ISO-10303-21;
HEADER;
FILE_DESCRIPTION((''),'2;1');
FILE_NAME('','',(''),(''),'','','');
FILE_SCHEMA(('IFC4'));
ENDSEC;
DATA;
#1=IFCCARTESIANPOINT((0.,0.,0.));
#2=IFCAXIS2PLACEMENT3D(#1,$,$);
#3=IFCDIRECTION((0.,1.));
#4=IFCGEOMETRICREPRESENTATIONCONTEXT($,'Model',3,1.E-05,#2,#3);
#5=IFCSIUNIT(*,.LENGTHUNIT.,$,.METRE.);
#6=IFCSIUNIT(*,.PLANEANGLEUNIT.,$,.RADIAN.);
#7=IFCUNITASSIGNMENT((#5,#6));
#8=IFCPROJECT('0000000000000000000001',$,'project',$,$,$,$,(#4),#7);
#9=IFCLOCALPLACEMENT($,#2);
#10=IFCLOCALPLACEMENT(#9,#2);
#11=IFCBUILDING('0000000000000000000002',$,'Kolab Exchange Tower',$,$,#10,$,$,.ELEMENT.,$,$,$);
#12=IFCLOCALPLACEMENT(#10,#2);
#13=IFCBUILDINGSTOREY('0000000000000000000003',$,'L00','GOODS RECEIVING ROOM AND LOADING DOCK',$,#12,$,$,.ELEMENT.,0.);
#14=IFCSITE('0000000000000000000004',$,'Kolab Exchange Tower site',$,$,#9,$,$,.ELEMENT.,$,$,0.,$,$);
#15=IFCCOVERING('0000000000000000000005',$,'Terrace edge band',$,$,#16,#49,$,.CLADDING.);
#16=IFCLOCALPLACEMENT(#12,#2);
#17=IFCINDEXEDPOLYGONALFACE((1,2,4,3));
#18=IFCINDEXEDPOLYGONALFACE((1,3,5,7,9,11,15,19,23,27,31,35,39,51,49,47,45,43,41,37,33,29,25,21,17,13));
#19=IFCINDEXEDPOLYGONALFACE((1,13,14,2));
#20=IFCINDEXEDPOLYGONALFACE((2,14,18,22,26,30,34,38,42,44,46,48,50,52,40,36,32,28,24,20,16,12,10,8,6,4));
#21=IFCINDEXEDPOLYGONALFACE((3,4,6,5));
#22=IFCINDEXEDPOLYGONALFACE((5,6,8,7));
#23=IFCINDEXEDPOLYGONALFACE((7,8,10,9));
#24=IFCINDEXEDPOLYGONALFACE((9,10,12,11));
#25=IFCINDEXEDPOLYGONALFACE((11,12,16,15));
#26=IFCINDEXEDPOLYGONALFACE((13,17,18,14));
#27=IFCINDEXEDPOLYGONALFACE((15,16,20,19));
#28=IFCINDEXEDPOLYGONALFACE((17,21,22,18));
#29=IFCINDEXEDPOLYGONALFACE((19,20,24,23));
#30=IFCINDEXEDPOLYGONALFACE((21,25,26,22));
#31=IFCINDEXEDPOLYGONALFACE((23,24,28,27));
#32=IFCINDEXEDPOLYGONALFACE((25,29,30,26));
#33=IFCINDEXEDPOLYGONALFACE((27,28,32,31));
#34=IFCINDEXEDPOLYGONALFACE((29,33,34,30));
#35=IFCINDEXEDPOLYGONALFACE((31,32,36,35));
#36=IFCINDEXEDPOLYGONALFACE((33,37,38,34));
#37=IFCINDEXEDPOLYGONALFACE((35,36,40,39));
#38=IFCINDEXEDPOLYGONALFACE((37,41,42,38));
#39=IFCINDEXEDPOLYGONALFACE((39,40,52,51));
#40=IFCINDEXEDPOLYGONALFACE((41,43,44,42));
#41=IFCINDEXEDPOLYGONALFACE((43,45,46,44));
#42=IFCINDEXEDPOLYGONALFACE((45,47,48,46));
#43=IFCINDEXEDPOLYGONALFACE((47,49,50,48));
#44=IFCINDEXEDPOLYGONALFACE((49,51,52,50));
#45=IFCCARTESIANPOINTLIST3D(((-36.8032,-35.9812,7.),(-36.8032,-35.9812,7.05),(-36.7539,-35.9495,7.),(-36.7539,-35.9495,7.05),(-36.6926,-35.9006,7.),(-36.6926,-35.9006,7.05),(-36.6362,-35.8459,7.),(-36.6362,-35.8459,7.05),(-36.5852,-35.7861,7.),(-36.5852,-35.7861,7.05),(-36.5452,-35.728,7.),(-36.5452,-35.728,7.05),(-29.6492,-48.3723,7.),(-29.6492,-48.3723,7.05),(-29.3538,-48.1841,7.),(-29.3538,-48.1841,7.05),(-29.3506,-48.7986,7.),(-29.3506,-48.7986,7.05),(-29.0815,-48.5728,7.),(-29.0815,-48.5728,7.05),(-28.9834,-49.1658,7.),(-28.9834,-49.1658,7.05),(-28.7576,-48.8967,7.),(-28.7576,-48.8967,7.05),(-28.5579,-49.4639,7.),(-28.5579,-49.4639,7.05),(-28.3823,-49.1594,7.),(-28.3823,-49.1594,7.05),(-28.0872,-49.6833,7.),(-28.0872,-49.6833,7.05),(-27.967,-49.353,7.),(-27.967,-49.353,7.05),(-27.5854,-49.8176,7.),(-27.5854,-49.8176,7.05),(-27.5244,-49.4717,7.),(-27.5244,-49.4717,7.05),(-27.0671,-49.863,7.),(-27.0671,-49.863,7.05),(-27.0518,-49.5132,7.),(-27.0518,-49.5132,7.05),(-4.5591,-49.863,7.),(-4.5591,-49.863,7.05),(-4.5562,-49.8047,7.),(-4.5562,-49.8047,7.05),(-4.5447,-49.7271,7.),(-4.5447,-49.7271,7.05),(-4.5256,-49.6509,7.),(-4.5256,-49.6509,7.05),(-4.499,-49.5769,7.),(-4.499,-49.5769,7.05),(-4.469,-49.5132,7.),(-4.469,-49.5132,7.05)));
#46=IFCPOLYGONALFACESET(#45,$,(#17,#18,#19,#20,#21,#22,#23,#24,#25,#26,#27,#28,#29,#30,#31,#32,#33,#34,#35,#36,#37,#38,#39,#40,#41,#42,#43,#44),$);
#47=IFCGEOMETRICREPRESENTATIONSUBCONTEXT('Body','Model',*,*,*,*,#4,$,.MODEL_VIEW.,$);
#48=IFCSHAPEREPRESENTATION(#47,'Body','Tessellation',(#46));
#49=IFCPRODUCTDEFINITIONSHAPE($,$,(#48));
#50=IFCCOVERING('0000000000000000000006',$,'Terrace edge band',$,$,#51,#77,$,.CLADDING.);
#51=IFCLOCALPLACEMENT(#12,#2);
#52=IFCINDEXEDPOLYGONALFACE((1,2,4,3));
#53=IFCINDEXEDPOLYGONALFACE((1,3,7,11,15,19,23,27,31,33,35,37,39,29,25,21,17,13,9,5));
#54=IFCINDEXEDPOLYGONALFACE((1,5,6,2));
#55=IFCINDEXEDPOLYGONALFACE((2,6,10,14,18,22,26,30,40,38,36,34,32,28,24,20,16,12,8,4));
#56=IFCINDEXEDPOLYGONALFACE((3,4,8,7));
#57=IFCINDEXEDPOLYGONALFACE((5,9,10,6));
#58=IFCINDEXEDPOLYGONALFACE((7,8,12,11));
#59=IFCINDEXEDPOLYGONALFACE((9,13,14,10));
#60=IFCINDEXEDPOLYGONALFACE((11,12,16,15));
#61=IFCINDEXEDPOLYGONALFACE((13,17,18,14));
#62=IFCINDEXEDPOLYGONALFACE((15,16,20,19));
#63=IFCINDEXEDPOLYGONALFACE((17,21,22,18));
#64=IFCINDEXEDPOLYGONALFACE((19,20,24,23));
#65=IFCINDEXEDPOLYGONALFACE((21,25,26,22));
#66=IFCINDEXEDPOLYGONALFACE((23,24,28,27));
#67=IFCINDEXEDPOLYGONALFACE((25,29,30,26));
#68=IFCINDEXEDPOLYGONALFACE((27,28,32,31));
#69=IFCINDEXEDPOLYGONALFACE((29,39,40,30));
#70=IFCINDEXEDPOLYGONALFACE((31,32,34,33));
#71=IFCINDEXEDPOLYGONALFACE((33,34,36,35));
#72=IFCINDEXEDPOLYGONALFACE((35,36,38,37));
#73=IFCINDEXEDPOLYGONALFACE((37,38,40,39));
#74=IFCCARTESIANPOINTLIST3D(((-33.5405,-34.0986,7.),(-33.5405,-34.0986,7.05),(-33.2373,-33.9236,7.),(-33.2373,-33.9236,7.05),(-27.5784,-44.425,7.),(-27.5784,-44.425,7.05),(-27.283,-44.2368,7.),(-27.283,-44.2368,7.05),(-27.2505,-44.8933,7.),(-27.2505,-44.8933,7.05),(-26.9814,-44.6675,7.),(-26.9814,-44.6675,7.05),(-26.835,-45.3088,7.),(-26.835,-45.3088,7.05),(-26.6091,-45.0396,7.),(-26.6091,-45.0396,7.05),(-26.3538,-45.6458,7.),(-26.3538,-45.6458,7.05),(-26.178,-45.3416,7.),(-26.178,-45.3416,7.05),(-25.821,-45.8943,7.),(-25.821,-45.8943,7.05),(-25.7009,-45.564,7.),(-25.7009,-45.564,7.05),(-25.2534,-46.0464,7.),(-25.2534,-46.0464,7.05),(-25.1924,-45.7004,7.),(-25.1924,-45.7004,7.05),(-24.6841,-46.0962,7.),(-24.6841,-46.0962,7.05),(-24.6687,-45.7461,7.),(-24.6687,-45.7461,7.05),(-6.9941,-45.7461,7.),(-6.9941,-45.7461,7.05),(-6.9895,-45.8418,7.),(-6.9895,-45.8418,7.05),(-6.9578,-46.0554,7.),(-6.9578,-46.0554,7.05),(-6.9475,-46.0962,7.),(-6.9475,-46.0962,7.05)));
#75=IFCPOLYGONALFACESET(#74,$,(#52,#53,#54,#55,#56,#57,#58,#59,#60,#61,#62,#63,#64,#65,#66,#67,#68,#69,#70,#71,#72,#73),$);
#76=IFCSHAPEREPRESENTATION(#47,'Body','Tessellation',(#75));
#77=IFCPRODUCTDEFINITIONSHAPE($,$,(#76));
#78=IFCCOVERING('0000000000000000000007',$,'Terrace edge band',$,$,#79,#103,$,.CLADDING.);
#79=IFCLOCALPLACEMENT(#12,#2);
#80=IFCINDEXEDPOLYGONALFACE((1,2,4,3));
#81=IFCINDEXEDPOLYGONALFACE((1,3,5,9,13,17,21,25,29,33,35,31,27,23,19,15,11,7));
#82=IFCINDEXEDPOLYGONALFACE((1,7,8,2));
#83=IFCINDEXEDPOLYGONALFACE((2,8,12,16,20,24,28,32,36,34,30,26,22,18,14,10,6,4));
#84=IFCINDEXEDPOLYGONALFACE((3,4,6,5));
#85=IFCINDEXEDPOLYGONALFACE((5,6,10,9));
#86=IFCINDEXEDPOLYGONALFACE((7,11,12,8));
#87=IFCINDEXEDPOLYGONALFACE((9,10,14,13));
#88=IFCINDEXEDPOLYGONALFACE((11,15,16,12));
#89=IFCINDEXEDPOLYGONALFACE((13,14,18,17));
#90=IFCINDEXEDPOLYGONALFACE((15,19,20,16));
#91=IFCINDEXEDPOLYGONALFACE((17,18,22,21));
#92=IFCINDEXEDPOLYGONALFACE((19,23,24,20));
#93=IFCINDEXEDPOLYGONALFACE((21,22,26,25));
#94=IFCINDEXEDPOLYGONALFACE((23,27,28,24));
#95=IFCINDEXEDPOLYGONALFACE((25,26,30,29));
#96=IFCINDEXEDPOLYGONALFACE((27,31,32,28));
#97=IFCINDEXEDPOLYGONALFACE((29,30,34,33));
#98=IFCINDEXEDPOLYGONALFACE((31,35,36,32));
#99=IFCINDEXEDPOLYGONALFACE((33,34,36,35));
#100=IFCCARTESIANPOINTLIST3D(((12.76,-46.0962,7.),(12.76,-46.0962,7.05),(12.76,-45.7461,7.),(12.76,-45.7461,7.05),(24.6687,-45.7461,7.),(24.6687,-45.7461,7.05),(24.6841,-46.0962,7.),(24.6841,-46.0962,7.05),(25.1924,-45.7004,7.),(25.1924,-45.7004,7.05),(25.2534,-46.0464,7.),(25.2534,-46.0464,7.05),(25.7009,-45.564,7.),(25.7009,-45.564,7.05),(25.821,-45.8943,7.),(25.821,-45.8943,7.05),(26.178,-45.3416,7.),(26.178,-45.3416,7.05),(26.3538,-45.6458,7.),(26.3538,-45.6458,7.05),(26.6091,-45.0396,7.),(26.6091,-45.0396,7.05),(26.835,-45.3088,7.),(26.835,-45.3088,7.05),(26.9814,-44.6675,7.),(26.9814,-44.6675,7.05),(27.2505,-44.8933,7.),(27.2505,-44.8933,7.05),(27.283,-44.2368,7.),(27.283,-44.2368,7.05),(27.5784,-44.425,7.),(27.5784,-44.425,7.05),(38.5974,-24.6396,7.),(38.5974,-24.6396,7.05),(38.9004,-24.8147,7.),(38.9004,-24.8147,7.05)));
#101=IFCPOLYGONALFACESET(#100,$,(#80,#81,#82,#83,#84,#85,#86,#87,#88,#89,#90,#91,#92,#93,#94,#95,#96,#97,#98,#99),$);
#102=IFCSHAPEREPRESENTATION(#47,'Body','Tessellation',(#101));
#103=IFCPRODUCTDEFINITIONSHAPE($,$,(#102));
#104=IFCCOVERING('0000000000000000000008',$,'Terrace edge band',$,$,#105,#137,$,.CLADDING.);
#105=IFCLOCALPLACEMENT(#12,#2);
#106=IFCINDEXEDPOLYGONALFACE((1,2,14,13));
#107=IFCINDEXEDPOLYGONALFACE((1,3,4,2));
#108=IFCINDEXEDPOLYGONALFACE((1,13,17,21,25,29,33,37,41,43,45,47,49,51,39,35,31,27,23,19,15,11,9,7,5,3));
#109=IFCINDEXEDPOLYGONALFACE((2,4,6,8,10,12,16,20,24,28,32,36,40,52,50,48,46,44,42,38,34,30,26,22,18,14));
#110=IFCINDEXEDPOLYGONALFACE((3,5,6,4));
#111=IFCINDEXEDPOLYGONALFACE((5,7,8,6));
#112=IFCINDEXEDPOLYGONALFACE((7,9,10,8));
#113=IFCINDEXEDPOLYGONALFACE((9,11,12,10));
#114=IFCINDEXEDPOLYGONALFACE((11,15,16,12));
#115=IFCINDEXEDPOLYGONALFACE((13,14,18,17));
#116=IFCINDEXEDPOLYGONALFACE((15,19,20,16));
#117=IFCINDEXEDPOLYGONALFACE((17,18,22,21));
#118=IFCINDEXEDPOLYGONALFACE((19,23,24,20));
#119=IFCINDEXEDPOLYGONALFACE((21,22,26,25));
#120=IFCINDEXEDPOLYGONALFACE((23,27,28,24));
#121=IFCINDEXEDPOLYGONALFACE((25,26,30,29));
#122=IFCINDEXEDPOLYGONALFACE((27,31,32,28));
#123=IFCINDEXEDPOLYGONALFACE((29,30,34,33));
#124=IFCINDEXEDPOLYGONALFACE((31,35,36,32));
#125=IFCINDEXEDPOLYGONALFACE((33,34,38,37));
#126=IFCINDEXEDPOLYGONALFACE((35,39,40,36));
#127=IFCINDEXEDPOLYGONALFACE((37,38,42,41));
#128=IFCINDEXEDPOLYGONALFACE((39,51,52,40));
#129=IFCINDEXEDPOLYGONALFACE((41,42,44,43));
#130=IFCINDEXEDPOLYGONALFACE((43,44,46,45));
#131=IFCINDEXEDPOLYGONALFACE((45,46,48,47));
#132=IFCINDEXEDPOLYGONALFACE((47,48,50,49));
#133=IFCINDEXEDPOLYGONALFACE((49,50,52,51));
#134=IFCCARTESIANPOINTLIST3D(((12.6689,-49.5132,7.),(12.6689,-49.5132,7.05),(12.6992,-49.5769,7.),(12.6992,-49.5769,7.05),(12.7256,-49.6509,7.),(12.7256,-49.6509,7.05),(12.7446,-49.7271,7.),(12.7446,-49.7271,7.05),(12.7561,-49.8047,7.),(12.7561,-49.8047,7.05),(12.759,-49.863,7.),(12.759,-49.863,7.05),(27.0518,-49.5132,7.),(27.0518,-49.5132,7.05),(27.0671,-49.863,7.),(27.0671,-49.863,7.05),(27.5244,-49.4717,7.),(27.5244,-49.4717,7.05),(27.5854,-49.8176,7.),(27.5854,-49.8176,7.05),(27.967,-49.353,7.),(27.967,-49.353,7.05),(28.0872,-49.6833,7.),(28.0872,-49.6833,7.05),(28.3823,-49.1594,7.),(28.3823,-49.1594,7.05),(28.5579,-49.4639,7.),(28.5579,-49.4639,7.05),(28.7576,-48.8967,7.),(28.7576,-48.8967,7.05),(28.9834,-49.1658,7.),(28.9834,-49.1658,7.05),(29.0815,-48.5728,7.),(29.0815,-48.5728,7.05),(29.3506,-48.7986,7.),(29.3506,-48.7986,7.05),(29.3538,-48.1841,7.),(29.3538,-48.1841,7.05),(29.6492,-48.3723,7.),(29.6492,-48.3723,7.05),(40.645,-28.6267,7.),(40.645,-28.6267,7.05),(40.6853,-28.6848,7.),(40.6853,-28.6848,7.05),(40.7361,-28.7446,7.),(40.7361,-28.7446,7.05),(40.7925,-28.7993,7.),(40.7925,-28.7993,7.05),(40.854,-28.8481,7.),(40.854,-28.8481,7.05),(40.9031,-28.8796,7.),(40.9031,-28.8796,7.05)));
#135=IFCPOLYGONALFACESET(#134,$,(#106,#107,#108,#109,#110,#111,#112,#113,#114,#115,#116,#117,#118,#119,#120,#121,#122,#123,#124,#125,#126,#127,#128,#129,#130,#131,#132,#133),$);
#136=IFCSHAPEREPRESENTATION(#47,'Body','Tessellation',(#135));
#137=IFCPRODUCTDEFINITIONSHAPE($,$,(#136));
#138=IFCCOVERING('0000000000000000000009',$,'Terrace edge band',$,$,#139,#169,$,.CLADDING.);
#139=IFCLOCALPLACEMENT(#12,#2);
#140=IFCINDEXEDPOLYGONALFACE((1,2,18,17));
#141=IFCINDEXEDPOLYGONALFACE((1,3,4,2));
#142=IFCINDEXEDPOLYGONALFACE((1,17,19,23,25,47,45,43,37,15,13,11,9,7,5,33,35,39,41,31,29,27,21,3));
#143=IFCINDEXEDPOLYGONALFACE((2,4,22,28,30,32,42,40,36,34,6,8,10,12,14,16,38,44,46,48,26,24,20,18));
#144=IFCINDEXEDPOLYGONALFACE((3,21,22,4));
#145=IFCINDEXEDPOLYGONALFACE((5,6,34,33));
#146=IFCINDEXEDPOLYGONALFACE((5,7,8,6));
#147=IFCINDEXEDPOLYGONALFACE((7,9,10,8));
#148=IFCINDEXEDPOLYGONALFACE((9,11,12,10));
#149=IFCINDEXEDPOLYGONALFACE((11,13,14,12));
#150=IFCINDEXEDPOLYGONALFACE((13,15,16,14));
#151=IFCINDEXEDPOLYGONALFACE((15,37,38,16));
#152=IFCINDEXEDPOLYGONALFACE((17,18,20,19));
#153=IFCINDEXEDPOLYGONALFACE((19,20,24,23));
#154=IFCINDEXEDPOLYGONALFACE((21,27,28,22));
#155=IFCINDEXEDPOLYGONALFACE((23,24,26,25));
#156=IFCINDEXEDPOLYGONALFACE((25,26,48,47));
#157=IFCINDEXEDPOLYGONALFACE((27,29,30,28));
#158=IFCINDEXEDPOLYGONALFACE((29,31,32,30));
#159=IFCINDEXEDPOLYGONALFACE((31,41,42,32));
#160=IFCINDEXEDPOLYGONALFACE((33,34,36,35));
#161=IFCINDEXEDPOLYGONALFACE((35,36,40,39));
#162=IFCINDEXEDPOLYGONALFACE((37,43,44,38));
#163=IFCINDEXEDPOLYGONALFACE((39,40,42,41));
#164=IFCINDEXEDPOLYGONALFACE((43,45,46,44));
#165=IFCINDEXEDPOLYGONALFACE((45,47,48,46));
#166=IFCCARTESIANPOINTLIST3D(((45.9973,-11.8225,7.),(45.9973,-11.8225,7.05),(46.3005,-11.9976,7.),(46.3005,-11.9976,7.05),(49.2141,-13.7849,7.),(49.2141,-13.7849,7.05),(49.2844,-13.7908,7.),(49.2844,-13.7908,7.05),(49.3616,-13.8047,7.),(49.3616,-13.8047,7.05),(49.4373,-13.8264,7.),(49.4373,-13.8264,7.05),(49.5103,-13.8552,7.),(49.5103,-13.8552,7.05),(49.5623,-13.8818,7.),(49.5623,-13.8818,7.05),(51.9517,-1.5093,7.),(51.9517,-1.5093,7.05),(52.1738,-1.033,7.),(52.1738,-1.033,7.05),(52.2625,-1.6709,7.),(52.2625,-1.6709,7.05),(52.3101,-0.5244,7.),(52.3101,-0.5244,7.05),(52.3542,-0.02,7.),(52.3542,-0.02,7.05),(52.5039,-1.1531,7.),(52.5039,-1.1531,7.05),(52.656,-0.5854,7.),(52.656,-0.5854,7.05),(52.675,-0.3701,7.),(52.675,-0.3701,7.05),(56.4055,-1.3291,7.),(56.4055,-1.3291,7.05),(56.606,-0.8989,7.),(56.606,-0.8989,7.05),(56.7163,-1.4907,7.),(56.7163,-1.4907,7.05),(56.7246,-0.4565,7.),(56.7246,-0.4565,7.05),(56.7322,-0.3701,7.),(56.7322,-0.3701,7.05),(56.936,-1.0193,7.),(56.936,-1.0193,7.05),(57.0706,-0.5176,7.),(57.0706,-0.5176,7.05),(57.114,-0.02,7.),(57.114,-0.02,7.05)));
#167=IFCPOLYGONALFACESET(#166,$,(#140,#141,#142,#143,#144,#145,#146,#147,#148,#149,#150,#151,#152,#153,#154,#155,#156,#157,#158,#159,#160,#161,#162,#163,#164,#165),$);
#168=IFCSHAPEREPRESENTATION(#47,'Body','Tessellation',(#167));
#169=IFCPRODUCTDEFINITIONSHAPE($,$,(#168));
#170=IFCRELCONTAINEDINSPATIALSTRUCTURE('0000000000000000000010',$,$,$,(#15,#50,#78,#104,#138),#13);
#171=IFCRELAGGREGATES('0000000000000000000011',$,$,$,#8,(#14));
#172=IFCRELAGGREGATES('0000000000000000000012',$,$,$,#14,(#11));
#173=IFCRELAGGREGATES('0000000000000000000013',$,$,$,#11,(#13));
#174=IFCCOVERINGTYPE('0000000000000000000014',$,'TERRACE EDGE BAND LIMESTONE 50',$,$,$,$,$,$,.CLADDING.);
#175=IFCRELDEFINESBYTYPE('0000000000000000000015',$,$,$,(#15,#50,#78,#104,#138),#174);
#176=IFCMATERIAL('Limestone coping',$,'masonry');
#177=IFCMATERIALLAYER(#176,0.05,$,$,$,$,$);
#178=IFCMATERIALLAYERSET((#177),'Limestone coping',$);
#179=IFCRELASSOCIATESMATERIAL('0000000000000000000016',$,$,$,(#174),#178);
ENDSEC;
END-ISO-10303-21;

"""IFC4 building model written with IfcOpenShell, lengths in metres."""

from ifc_helpers import new_model, si_unit, direction, frame, origin, place, context, subcontext, project, spatial, polyline, outline, extrude, material, layer, layer_set, type_object, element, save


model = new_model("IFC4")

# Units and contexts
model_context = context("Model", 3, precision=1e-05, world=origin(), true_north=direction((0.0, 1.0)))
body_context = subcontext(model_context, "Body", "Model", "MODEL_VIEW")
ifc_project = project(units=[si_unit("LENGTHUNIT", "METRE"), si_unit("PLANEANGLEUNIT", "RADIAN")], contexts=[model_context])

# Site, building, storey
site_placement = place(None, origin())
site = spatial("IfcSite", under=ifc_project, at=site_placement, Name="Kolab Exchange Tower site", CompositionType="ELEMENT", RefElevation=0.0)
building_placement = place(site_placement, origin())
building = spatial("IfcBuilding", under=site, at=building_placement, Name="Kolab Exchange Tower", CompositionType="ELEMENT")
storey_placement = place(building_placement, origin())
storey = spatial("IfcBuildingStorey", under=building, at=storey_placement, Name="L00", Description="GOODS RECEIVING ROOM AND LOADING DOCK", CompositionType="ELEMENT", Elevation=0.0)

# Coverings
ifc_material_1 = material(Name="Limestone coping", Category="masonry")
ifc_layer_1 = layer(ifc_material_1, 0.05)
ifc_layer_set_1 = layer_set([ifc_layer_1], Name="Limestone coping")
covering_type_1 = type_object("IfcCoveringType", Name="TERRACE EDGE BAND LIMESTONE 50", PredefinedType="CLADDING", material=ifc_layer_set_1)
covering_1_placement = place(storey_placement, frame((0.0, 0.0, 7.0)))
element("IfcCovering", 1, at=covering_1_placement, inside=storey, type_object=covering_type_1, Name="Terrace edge band", PredefinedType="CLADDING", context=body_context, shape_type="SweptSolid", body=[
    extrude(outline(polyline([(-27.0671, -49.863), (-27.5854, -49.8176), (-28.0872, -49.6833), (-28.5579, -49.4639), (-28.9834, -49.1658), (-29.3506, -48.7986), (-29.6492, -48.3723), (-36.8032, -35.9812), (-36.7539, -35.9495), (-36.6926, -35.9006), (-36.6362, -35.8459), (-36.5852, -35.7861), (-36.5452, -35.728), (-29.3538, -48.1841), (-29.0815, -48.5728), (-28.7576, -48.8967), (-28.3823, -49.1594), (-27.967, -49.353), (-27.5244, -49.4717), (-27.0518, -49.5132), (-4.469, -49.5132), (-4.499, -49.5769), (-4.5256, -49.6509), (-4.5447, -49.7271), (-4.5562, -49.8047), (-4.5591, -49.863), (-27.0671, -49.863)])), origin(), (0.0, 0.0, 1.0), 0.05),
])
covering_2_placement = place(storey_placement, frame((0.0, 0.0, 7.0)))
element("IfcCovering", 2, at=covering_2_placement, inside=storey, type_object=covering_type_1, Name="Terrace edge band", PredefinedType="CLADDING", context=body_context, shape_type="SweptSolid", body=[
    extrude(outline(polyline([(-27.283, -44.2368), (-26.9814, -44.6675), (-26.6091, -45.0396), (-26.178, -45.3416), (-25.7009, -45.564), (-25.1924, -45.7004), (-24.6687, -45.7461), (-6.9941, -45.7461), (-6.9895, -45.8418), (-6.9578, -46.0554), (-6.9475, -46.0962), (-24.6841, -46.0962), (-25.2534, -46.0464), (-25.821, -45.8943), (-26.3538, -45.6458), (-26.835, -45.3088), (-27.2505, -44.8933), (-27.5784, -44.425), (-33.5405, -34.0986), (-33.2373, -33.9236), (-27.283, -44.2368)])), origin(), (0.0, 0.0, 1.0), 0.05),
])
covering_3_placement = place(storey_placement, frame((0.0, 0.0, 7.0)))
element("IfcCovering", 3, at=covering_3_placement, inside=storey, type_object=covering_type_1, Name="Terrace edge band", PredefinedType="CLADDING", context=body_context, shape_type="SweptSolid", body=[
    extrude(outline(polyline([(24.6687, -45.7461), (25.1924, -45.7004), (25.7009, -45.564), (26.178, -45.3416), (26.6091, -45.0396), (26.9814, -44.6675), (27.283, -44.2368), (38.5974, -24.6396), (38.9004, -24.8147), (27.5784, -44.425), (27.2505, -44.8933), (26.835, -45.3088), (26.3538, -45.6458), (25.821, -45.8943), (25.2534, -46.0464), (24.6841, -46.0962), (12.76, -46.0962), (12.76, -45.7461), (24.6687, -45.7461)])), origin(), (0.0, 0.0, 1.0), 0.05),
])
covering_4_placement = place(storey_placement, frame((0.0, 0.0, 7.0)))
element("IfcCovering", 4, at=covering_4_placement, inside=storey, type_object=covering_type_1, Name="Terrace edge band", PredefinedType="CLADDING", context=body_context, shape_type="SweptSolid", body=[
    extrude(outline(polyline([(28.9834, -49.1658), (28.5579, -49.4639), (28.0872, -49.6833), (27.5854, -49.8176), (27.0671, -49.863), (12.759, -49.863), (12.7561, -49.8047), (12.7446, -49.7271), (12.7256, -49.6509), (12.6992, -49.5769), (12.6689, -49.5132), (27.0518, -49.5132), (27.5244, -49.4717), (27.967, -49.353), (28.3823, -49.1594), (28.7576, -48.8967), (29.0815, -48.5728), (29.3538, -48.1841), (40.645, -28.6267), (40.6853, -28.6848), (40.7361, -28.7446), (40.7925, -28.7993), (40.854, -28.8481), (40.9031, -28.8796), (29.6492, -48.3723), (29.3506, -48.7986), (28.9834, -49.1658)])), origin(), (0.0, 0.0, 1.0), 0.05),
])
covering_5_placement = place(storey_placement, frame((0.0, 0.0, 7.0)))
element("IfcCovering", 5, at=covering_5_placement, inside=storey, type_object=covering_type_1, Name="Terrace edge band", PredefinedType="CLADDING", context=body_context, shape_type="SweptSolid", body=[
    extrude(outline(polyline([(51.9517, -1.5093), (52.1738, -1.033), (52.3101, -0.5244), (52.3542, -0.02), (57.114, -0.02), (57.0706, -0.5176), (56.936, -1.0193), (56.7163, -1.4907), (49.5623, -13.8818), (49.5103, -13.8552), (49.4373, -13.8264), (49.3616, -13.8047), (49.2844, -13.7908), (49.2141, -13.7849), (56.4055, -1.3291), (56.606, -0.8989), (56.7246, -0.4565), (56.7322, -0.3701), (52.675, -0.3701), (52.656, -0.5854), (52.5039, -1.1531), (52.2625, -1.6709), (46.3005, -11.9976), (45.9973, -11.8225), (51.9517, -1.5093)])), origin(), (0.0, 0.0, 1.0), 0.05),
])

save(model, "model.ifc")
